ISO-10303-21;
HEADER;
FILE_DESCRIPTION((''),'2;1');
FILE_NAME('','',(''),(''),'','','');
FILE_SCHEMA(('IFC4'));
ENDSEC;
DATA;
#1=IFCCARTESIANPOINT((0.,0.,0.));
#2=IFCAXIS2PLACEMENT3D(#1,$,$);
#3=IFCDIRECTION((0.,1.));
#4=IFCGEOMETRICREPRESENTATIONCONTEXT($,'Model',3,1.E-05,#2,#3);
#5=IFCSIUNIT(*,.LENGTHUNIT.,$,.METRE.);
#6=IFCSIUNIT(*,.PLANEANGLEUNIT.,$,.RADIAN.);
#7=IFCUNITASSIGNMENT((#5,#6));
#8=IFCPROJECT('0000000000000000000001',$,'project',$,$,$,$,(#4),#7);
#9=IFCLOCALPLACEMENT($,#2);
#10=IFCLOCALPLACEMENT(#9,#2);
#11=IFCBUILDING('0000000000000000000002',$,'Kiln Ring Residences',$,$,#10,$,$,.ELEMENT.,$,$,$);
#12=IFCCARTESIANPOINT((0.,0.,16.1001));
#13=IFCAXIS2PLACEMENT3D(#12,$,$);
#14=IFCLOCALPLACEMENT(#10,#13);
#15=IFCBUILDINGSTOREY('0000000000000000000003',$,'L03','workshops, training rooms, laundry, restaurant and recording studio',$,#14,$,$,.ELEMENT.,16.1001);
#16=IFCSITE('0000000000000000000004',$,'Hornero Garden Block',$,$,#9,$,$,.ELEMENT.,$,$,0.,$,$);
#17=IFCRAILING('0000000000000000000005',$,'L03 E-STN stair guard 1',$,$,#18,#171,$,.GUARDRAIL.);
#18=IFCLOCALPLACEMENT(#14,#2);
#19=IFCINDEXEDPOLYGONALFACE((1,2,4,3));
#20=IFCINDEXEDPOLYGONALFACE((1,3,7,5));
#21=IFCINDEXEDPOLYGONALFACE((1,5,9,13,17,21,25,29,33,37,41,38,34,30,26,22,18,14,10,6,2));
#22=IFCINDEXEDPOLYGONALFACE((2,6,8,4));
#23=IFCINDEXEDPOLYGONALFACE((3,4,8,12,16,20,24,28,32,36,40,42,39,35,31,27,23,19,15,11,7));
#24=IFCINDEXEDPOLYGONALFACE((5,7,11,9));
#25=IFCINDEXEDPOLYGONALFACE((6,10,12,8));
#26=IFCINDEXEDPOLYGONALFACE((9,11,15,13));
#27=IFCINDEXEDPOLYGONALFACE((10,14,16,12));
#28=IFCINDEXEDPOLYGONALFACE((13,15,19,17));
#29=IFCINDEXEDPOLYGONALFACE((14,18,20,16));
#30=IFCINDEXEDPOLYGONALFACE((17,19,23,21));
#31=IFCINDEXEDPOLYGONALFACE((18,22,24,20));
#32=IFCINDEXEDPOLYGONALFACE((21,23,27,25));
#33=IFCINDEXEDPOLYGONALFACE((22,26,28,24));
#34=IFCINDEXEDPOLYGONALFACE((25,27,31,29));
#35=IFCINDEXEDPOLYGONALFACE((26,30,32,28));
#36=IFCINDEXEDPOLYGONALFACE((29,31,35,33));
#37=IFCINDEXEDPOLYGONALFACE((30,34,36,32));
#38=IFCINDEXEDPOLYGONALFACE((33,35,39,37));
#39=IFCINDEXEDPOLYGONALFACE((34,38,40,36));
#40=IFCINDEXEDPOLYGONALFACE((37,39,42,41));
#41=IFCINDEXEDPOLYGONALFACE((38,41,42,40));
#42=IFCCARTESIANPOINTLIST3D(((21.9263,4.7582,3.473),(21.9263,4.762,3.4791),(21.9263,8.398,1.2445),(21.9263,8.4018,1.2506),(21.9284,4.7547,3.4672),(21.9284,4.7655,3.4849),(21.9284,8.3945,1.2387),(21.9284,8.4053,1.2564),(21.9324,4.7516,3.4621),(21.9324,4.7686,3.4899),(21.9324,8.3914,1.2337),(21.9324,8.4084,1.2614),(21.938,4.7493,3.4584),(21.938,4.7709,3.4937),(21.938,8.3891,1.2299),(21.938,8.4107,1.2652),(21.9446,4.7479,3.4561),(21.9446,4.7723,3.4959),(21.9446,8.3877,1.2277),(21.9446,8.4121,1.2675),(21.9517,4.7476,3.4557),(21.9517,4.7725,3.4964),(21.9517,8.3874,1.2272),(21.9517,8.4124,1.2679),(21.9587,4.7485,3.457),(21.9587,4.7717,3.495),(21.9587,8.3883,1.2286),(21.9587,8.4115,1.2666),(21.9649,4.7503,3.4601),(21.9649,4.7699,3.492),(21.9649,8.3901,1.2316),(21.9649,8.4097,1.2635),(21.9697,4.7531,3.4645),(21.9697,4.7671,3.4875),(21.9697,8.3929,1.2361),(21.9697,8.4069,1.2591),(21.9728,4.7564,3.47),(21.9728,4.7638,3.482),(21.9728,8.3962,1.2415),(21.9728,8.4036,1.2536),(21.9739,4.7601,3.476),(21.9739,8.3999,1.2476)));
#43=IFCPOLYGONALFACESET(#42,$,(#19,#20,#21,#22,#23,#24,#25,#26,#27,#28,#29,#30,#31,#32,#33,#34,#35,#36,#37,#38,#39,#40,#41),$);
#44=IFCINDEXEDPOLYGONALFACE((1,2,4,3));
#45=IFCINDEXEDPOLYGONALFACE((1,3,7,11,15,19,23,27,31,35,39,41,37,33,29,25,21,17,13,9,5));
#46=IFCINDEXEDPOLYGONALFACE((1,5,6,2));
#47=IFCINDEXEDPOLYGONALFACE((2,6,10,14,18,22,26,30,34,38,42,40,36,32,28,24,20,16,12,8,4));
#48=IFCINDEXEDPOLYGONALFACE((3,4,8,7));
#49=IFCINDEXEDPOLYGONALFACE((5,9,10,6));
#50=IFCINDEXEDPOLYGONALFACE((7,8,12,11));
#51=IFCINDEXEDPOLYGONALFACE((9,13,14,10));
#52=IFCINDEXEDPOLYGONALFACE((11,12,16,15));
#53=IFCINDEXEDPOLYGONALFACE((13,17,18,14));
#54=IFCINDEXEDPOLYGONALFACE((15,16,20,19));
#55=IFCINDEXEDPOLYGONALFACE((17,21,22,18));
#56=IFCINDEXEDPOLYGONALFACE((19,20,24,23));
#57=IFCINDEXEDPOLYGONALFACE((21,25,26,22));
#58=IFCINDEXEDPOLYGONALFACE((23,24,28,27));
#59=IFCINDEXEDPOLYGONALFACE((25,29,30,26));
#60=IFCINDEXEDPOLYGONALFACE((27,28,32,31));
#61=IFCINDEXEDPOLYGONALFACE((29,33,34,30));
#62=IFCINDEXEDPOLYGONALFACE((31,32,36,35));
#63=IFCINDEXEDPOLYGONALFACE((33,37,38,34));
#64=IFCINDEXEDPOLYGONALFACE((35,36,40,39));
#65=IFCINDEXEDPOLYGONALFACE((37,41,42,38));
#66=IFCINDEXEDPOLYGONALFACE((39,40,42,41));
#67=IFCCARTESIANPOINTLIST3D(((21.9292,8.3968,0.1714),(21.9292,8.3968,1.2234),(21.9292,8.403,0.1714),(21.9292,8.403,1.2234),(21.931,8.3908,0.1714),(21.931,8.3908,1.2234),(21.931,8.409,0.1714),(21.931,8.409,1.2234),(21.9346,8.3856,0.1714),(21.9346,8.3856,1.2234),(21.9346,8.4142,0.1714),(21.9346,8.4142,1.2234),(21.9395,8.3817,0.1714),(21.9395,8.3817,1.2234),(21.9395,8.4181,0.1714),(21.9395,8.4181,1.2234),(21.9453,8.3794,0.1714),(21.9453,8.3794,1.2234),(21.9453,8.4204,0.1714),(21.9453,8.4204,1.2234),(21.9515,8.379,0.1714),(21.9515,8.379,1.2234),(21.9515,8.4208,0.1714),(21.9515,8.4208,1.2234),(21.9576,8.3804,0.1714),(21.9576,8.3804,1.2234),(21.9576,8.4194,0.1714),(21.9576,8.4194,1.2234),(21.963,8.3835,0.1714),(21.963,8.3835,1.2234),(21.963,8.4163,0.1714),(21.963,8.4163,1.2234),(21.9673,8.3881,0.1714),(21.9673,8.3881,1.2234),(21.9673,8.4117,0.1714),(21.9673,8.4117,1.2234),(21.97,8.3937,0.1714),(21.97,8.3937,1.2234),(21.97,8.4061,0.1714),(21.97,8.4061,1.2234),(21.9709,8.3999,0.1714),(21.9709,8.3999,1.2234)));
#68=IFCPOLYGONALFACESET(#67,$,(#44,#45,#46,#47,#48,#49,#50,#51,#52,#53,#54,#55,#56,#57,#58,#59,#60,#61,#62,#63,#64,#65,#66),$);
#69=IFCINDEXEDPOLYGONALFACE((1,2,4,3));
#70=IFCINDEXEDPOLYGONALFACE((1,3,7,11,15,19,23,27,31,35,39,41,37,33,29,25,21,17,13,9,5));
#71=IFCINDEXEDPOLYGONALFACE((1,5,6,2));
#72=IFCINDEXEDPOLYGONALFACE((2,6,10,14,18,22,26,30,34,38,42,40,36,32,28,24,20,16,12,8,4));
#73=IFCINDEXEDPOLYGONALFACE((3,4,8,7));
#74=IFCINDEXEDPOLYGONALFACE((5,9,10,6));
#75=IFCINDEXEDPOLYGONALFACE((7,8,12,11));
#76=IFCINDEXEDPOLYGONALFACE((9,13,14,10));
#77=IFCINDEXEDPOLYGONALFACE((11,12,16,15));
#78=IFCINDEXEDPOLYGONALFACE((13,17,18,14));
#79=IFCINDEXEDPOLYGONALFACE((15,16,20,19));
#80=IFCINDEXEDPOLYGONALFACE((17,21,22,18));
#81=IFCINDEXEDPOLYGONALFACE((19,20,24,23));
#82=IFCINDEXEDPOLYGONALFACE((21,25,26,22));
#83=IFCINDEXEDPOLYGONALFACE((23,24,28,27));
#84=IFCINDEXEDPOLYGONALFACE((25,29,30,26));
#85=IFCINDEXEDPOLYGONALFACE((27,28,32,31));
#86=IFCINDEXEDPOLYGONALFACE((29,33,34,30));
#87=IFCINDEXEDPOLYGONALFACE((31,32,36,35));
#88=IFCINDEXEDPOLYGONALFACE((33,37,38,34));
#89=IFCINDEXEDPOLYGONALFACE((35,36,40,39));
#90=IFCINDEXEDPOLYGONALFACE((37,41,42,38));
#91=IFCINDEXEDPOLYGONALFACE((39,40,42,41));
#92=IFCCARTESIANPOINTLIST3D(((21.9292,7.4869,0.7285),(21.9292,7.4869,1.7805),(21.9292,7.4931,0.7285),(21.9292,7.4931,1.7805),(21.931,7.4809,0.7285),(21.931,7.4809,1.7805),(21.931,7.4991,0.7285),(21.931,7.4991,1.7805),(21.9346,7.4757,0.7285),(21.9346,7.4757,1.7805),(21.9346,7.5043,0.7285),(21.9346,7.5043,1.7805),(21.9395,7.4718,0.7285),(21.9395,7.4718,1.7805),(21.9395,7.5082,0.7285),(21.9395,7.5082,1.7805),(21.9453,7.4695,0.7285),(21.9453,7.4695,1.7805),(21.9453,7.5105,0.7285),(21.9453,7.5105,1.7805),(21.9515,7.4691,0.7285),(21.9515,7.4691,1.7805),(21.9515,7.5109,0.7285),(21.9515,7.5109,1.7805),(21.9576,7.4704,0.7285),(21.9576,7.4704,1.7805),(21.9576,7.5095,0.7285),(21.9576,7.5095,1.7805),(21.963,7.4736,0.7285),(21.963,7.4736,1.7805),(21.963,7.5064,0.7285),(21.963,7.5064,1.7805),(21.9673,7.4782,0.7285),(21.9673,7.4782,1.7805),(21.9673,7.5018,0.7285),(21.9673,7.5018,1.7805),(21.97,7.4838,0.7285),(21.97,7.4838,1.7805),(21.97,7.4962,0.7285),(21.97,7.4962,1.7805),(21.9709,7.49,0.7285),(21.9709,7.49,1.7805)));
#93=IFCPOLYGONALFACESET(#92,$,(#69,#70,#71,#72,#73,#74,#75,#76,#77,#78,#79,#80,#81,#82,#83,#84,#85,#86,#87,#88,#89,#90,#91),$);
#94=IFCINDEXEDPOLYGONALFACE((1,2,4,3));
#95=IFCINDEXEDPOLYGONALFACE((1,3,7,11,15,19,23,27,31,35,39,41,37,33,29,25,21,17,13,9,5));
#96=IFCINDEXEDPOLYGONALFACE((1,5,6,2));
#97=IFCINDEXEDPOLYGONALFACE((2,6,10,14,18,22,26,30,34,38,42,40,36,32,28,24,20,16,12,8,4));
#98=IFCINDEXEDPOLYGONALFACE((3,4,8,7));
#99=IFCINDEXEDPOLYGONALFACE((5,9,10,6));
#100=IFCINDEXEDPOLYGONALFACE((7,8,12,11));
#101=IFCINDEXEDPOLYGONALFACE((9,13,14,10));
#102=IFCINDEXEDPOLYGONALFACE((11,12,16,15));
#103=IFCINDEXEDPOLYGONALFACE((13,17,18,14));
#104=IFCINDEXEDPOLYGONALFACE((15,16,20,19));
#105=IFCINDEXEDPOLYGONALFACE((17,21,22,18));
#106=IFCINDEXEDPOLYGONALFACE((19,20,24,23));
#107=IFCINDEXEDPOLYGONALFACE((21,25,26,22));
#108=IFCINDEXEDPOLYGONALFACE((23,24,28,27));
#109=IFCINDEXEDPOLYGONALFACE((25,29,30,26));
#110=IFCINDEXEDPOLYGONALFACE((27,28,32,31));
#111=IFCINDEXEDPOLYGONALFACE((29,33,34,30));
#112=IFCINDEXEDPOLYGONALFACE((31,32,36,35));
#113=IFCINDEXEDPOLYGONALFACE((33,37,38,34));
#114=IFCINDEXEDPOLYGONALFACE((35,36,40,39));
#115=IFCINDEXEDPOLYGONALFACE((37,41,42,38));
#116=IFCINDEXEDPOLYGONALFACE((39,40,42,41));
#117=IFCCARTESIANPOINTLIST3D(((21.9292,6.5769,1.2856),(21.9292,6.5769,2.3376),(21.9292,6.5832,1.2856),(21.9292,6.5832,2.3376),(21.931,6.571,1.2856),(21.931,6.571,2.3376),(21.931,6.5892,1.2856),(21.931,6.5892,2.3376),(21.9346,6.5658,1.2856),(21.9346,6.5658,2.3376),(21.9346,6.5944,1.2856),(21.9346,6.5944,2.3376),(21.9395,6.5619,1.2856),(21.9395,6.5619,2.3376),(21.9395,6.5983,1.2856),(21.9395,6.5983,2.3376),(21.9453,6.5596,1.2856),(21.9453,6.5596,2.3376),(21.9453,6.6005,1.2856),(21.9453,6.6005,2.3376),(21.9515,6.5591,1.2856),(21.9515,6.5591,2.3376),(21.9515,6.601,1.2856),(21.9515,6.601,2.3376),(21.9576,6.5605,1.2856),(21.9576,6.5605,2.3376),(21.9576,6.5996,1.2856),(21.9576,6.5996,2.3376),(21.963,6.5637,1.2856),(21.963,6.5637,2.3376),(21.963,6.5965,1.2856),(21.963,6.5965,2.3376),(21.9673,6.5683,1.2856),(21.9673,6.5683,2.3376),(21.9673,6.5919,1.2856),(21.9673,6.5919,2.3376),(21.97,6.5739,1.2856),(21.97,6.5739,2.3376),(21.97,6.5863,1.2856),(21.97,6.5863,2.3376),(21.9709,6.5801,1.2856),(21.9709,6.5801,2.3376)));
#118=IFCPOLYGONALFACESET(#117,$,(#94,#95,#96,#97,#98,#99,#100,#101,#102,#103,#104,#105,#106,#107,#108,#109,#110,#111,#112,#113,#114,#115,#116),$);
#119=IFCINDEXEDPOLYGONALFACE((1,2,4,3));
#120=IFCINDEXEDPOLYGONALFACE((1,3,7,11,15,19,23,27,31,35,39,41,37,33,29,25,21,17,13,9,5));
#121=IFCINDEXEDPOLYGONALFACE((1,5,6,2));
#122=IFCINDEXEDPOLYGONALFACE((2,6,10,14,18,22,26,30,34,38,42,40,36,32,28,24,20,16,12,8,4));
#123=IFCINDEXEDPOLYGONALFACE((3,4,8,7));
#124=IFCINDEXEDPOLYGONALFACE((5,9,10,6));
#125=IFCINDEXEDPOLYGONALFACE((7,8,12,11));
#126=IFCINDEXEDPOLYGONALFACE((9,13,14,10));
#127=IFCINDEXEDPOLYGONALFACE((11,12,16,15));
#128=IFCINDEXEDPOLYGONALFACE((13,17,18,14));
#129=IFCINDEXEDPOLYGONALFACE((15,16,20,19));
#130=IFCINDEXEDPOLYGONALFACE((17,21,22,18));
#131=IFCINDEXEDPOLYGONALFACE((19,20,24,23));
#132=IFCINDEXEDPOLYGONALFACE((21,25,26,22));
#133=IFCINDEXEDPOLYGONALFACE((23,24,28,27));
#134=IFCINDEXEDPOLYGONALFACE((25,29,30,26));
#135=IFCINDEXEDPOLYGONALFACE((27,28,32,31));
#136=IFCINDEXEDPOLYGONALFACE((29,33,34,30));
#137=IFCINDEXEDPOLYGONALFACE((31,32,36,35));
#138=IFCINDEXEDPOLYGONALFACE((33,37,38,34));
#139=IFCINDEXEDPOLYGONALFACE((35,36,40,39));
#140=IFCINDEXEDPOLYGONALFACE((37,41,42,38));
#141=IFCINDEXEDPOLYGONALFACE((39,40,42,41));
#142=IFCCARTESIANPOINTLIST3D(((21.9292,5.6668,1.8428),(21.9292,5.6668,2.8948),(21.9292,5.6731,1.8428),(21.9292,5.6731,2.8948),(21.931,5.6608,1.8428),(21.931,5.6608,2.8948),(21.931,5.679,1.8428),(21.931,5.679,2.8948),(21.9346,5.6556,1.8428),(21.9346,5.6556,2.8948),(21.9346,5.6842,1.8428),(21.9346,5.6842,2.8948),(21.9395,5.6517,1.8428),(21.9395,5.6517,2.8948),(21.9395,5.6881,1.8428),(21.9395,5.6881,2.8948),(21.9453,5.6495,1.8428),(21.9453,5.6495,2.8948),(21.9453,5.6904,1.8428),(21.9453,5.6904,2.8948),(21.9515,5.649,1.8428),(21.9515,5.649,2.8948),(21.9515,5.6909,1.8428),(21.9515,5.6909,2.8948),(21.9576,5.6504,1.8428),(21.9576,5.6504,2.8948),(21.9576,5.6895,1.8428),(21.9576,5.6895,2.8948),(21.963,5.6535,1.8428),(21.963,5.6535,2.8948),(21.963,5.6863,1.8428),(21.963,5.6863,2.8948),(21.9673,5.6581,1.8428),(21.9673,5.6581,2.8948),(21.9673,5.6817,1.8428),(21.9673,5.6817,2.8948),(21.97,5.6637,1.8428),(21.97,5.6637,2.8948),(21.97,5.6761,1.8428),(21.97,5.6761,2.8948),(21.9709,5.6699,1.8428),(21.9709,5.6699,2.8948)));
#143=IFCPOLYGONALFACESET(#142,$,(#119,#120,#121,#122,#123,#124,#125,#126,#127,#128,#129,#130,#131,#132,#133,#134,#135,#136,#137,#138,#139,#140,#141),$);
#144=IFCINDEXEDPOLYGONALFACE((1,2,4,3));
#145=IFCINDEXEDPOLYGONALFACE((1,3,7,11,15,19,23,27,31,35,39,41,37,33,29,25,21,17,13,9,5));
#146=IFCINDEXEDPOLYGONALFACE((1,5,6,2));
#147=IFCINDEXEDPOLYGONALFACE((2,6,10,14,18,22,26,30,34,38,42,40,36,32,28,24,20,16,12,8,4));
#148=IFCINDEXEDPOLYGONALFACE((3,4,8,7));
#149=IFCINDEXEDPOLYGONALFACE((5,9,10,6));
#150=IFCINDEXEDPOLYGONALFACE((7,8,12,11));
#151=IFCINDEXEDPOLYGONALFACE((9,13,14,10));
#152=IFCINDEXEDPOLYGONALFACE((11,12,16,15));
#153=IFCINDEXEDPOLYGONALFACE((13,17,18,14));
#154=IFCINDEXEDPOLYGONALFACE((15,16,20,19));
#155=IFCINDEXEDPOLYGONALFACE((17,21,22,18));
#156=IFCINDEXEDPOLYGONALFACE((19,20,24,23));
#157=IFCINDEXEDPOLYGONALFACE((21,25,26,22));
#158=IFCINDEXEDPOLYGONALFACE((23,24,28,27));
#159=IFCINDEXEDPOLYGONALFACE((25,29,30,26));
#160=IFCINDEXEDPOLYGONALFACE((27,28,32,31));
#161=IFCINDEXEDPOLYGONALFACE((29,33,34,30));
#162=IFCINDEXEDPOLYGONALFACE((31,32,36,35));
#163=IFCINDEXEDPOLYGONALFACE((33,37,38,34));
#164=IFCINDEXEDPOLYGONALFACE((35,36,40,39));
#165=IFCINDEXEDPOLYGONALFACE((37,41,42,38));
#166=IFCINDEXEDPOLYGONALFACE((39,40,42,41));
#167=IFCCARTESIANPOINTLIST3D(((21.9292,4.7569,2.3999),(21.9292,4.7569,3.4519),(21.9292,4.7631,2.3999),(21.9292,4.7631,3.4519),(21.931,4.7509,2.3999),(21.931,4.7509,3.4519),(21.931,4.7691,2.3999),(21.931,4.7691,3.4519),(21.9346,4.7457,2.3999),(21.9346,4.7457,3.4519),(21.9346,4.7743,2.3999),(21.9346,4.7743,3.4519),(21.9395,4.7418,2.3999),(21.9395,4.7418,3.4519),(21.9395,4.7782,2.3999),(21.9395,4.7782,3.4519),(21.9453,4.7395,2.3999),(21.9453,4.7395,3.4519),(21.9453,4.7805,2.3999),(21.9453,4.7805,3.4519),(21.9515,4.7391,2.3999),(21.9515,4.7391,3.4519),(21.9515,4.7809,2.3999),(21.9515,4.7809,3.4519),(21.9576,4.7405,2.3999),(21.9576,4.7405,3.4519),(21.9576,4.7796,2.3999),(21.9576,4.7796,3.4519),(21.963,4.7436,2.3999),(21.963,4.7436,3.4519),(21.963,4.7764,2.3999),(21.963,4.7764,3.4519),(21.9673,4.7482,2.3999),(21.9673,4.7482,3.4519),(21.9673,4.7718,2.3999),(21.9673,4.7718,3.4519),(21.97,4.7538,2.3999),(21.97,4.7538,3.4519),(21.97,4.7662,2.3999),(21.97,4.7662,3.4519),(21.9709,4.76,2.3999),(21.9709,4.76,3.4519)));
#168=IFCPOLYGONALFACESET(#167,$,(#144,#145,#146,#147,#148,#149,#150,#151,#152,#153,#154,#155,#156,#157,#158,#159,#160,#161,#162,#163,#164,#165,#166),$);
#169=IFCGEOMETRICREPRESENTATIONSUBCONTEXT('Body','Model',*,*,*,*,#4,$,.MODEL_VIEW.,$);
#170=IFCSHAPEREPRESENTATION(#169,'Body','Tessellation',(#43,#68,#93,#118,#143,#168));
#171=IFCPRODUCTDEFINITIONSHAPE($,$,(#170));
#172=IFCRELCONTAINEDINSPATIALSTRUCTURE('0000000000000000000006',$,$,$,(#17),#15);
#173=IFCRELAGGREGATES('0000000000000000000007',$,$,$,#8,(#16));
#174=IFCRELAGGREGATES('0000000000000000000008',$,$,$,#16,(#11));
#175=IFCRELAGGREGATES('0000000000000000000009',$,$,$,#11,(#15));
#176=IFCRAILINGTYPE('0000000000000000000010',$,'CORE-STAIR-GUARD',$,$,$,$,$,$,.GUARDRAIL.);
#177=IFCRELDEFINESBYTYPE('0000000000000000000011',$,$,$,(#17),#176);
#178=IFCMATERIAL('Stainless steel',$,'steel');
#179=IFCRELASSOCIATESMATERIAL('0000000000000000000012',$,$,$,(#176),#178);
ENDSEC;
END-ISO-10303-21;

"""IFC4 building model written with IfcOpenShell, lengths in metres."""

from ifc_helpers import new_model, si_unit, direction, frame, origin, origin_2d, place, context, subcontext, project, spatial, circle, extrude, material, type_object, element, save


model = new_model("IFC4")

# Units and contexts
model_context = context("Model", 3, precision=1e-05, world=origin(), true_north=direction((0.0, 1.0)))
body_context = subcontext(model_context, "Body", "Model", "MODEL_VIEW")
ifc_project = project(units=[si_unit("LENGTHUNIT", "METRE"), si_unit("PLANEANGLEUNIT", "RADIAN")], contexts=[model_context])

# Site, building, storey
site_placement = place(None, origin())
site = spatial("IfcSite", under=ifc_project, at=site_placement, Name="Hornero Garden Block", CompositionType="ELEMENT", RefElevation=0.0)
building_placement = place(site_placement, origin())
building = spatial("IfcBuilding", under=site, at=building_placement, Name="Kiln Ring Residences", CompositionType="ELEMENT")
storey_placement = place(building_placement, frame((0.0, 0.0, 16.1001)))
storey = spatial("IfcBuildingStorey", under=building, at=storey_placement, Name="L03", Description="workshops, training rooms, laundry, restaurant and recording studio", CompositionType="ELEMENT", Elevation=16.1001)

# Railing
ifc_material_1 = material(Name="Stainless steel", Category="steel")
railing_type = type_object("IfcRailingType", Name="CORE-STAIR-GUARD", PredefinedType="GUARDRAIL", material=ifc_material_1)
railing_1_placement = place(storey_placement, frame((21.95, 8.3999, 0.1714)))
element("IfcRailing", 1, at=railing_1_placement, inside=storey, type_object=railing_type, Name="L03 E-STN stair guard 1", PredefinedType="GUARDRAIL", context=body_context, shape_type="SweptSolid", body=[
    extrude(circle(Radius=0.0239, at=origin_2d()), frame((0.0, 0.0, 1.0762), z_axis=(0.0, -0.85285, 0.522156), x_axis=(1.0, 0.0, 0.0)), (0.0, 0.0, 1.0), 4.2678),
    extrude(circle(Radius=0.021, at=origin_2d()), origin(), (0.0, 0.0, 1.0), 1.052),
    extrude(circle(Radius=0.021, at=origin_2d()), frame((0.0, -0.9099, 0.5571)), (0.0, 0.0, 1.0), 1.052),
    extrude(circle(Radius=0.021, at=origin_2d()), frame((0.0, -1.8198, 1.1143)), (0.0, 0.0, 1.0), 1.052),
    extrude(circle(Radius=0.021, at=origin_2d()), frame((0.0, -2.73, 1.6714)), (0.0, 0.0, 1.0), 1.052),
    extrude(circle(Radius=0.021, at=origin_2d()), frame((0.0, -3.6399, 2.2285)), (0.0, 0.0, 1.0), 1.052),
])

save(model, "model.ifc")
